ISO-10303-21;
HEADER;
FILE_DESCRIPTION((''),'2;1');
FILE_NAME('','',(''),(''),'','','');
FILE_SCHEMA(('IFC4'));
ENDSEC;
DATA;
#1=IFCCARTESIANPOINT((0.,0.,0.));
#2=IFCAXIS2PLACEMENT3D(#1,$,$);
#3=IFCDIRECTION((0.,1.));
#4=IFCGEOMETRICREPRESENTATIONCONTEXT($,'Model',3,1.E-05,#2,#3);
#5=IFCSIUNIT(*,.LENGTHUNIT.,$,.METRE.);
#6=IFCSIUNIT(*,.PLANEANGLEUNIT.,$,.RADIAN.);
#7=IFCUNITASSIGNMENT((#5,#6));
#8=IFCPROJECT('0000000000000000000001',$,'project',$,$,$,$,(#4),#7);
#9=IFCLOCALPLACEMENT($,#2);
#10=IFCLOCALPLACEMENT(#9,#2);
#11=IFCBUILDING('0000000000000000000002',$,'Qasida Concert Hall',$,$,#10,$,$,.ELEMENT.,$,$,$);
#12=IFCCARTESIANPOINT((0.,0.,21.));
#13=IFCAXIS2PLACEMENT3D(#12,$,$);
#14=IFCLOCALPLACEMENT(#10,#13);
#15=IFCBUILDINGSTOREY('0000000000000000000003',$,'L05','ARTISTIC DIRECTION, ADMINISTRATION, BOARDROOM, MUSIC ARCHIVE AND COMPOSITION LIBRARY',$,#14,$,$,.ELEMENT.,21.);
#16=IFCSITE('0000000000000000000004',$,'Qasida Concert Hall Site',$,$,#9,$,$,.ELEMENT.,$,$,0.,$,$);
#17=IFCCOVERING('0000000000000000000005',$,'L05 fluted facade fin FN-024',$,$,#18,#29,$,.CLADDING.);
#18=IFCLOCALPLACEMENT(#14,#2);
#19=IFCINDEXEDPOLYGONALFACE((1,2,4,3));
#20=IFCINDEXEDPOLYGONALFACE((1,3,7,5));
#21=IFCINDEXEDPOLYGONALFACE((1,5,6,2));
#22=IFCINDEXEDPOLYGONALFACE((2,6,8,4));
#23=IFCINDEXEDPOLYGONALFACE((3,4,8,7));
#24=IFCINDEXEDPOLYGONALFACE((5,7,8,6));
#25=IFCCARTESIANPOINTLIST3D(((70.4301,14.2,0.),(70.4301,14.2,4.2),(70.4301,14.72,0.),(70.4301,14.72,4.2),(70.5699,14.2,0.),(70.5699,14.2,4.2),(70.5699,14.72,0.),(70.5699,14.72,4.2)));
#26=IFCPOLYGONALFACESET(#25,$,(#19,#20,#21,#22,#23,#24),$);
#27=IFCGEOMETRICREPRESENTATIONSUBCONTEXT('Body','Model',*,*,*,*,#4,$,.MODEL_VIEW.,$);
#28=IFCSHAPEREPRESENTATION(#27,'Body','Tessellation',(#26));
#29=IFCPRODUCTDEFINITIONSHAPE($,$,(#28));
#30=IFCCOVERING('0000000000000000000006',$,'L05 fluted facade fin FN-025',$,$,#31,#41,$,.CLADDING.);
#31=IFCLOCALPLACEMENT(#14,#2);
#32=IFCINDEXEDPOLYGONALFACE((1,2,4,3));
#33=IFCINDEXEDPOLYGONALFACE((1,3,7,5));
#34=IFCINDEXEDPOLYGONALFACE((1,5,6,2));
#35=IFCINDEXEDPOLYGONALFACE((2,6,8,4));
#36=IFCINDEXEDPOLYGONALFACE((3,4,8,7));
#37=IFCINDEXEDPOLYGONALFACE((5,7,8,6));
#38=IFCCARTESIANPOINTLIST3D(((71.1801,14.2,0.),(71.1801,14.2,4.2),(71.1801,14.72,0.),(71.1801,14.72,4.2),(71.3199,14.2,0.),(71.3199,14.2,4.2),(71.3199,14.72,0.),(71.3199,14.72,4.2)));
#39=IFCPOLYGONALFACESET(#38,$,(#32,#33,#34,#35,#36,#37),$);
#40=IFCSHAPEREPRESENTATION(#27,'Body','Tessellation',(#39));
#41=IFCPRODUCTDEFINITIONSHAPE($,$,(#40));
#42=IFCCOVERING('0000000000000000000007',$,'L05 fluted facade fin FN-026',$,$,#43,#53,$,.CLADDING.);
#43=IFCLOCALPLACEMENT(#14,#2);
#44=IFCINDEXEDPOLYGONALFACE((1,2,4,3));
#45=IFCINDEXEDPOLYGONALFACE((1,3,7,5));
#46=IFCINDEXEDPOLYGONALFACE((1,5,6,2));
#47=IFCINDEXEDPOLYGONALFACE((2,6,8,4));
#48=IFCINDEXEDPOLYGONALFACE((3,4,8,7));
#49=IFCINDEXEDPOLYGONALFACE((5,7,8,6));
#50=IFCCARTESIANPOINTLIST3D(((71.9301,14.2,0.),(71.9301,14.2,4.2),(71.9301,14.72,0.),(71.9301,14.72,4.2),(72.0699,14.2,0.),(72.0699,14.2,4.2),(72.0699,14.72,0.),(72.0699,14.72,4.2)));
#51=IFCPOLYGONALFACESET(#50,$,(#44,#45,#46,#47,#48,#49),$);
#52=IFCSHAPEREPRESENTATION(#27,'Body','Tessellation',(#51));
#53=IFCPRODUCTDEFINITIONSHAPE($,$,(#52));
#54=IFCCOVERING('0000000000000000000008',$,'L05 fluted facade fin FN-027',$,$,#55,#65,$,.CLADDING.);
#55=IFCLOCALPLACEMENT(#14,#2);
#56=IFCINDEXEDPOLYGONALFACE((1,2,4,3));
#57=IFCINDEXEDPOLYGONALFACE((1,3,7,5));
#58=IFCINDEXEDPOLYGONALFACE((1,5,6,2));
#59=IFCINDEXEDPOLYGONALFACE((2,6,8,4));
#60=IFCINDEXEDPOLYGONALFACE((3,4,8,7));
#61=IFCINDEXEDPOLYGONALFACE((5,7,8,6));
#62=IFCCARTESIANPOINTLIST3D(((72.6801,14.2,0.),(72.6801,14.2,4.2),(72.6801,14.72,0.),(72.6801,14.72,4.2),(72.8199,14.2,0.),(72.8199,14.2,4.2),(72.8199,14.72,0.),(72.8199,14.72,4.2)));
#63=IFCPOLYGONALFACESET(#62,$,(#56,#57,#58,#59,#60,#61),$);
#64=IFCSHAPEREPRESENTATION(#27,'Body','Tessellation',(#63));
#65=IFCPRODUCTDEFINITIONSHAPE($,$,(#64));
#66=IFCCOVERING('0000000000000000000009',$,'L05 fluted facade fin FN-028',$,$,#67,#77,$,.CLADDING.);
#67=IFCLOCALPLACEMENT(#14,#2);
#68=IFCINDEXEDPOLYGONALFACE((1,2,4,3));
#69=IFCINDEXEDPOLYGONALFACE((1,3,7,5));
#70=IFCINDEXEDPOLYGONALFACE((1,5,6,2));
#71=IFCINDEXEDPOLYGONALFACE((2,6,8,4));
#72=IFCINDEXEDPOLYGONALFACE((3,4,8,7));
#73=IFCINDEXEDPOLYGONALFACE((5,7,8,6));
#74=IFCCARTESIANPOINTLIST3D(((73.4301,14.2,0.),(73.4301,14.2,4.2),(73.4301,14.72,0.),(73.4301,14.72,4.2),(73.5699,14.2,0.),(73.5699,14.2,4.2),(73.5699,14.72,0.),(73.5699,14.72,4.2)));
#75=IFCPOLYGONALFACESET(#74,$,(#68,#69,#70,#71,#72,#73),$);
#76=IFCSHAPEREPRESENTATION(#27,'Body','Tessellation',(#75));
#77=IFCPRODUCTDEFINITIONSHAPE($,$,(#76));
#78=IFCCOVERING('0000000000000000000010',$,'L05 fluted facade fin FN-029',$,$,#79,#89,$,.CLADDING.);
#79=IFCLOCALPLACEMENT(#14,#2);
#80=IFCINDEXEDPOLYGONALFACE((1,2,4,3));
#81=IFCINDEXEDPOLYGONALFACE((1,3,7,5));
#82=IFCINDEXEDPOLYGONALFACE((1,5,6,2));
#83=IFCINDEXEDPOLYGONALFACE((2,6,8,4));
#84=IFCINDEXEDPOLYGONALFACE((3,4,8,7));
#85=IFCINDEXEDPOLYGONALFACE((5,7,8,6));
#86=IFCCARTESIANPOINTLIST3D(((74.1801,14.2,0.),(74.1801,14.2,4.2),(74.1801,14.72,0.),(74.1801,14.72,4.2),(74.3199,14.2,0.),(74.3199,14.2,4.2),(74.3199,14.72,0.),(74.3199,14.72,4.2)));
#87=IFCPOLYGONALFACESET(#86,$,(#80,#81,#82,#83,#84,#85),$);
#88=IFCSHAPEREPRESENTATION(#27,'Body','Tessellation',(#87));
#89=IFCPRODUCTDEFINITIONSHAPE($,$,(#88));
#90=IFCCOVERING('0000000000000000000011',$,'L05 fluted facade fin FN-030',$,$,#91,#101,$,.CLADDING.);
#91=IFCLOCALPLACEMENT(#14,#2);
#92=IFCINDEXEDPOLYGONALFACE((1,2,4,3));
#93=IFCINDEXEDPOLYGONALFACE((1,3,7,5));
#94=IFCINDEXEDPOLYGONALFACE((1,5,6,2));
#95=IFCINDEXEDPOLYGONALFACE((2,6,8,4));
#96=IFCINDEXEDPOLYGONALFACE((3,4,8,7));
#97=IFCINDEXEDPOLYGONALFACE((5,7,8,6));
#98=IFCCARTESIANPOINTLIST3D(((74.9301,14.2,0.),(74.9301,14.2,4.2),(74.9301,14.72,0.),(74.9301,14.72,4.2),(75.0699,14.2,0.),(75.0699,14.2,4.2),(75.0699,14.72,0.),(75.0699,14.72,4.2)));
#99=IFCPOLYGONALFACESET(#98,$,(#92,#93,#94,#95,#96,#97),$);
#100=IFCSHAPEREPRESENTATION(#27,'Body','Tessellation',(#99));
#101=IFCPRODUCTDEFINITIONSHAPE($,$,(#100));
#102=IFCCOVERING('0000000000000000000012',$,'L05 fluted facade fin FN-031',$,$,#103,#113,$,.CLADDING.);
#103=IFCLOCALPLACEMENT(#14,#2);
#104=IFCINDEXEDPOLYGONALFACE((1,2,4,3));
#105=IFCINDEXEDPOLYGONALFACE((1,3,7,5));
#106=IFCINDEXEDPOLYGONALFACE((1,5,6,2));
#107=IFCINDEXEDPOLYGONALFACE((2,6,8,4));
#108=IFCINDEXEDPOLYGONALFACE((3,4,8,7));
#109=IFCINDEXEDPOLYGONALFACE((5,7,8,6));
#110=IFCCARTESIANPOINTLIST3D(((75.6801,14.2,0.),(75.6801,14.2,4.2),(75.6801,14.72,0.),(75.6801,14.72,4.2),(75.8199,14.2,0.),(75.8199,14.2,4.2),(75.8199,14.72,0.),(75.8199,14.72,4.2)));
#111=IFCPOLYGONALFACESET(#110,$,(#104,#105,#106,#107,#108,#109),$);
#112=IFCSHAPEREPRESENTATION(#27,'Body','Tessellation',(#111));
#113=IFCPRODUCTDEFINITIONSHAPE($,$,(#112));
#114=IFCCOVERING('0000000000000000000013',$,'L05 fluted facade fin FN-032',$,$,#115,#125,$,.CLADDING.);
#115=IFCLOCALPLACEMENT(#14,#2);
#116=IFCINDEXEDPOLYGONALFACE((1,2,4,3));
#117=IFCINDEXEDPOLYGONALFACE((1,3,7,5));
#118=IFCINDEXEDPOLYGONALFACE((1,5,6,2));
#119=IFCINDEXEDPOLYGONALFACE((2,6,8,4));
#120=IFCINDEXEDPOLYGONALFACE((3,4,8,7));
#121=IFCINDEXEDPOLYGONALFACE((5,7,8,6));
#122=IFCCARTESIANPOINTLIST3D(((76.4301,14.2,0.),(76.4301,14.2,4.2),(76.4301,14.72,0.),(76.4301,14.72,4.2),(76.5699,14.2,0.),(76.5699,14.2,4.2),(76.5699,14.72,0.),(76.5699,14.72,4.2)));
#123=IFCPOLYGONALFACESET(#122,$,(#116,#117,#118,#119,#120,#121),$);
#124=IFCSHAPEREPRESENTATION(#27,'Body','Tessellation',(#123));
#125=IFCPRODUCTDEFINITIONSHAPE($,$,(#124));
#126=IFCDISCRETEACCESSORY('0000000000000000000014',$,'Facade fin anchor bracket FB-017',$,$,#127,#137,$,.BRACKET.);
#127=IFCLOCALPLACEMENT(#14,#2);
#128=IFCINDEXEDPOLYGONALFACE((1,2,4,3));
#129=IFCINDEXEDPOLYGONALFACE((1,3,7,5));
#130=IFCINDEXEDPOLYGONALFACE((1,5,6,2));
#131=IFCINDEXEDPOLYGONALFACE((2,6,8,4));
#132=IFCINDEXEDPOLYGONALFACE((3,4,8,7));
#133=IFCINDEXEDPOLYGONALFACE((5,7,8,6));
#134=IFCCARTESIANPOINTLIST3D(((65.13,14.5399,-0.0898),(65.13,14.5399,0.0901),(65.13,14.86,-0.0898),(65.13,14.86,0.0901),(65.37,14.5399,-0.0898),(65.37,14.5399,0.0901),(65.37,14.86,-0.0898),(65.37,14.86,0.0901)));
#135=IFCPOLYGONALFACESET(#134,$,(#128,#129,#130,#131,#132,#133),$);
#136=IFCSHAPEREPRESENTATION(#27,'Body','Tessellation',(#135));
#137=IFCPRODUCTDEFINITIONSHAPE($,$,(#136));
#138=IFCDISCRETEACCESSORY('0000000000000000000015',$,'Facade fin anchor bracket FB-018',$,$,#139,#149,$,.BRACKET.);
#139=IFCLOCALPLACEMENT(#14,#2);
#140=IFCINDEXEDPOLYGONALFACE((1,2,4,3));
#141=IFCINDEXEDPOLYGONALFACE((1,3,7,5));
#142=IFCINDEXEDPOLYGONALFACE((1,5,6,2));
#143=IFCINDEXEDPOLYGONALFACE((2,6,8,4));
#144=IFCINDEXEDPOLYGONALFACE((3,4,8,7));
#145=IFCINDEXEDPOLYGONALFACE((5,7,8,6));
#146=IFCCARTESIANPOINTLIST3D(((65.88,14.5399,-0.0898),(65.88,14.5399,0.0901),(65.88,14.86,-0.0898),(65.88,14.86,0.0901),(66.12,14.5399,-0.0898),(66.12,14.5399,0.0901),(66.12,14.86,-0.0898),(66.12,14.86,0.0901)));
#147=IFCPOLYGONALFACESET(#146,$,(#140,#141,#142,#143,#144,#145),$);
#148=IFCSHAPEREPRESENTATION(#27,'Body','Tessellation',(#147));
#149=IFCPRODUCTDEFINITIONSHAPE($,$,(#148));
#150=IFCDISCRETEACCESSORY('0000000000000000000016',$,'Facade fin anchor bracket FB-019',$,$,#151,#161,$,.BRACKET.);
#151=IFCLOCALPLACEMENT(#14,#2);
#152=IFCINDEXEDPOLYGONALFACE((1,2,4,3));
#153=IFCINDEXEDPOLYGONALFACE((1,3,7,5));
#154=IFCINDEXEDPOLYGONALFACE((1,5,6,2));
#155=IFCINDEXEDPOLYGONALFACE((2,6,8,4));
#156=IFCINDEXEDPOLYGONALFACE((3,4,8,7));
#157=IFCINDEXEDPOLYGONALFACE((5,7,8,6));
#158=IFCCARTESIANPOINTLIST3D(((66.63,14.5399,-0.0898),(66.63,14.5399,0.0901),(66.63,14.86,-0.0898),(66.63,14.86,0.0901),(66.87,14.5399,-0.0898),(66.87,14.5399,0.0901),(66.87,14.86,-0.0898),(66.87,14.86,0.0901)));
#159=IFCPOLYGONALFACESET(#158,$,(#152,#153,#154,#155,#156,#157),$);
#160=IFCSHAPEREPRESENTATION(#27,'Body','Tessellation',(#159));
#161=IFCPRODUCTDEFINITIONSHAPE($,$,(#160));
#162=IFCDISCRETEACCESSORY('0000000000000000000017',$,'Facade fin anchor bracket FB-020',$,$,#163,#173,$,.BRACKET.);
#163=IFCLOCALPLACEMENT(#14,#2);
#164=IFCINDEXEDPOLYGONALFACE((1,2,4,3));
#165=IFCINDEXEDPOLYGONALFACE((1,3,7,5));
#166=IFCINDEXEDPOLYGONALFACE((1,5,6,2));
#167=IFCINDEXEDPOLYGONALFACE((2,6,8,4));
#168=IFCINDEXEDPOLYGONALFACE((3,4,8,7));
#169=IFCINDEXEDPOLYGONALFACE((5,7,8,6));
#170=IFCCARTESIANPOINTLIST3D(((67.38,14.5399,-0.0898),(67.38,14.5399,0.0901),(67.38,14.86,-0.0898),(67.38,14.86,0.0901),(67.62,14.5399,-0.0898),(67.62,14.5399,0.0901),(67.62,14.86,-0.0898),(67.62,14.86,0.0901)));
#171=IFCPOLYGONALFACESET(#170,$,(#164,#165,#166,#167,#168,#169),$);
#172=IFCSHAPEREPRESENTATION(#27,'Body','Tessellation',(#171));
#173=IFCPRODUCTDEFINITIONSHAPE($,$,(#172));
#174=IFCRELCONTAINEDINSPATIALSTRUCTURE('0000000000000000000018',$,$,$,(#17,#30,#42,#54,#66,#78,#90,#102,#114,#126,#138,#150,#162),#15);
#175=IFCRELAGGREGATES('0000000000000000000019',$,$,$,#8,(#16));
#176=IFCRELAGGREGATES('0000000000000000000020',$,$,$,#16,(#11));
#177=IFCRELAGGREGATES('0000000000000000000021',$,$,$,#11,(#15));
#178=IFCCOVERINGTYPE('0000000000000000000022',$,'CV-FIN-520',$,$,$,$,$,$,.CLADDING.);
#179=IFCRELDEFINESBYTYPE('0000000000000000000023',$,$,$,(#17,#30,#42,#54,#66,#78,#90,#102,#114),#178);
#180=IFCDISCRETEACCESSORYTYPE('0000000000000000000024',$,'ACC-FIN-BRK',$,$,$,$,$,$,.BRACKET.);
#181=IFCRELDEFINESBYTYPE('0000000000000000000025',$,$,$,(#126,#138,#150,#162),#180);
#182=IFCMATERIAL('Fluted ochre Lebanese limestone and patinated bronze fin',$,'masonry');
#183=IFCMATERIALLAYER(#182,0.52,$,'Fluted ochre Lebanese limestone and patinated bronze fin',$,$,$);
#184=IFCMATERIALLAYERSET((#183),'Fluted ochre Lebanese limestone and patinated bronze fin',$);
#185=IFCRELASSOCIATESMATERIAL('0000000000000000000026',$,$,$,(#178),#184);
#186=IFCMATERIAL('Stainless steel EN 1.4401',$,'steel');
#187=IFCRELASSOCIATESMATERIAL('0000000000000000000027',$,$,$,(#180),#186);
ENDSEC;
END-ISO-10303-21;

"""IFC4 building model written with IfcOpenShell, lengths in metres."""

from ifc_helpers import new_model, si_unit, direction, frame, origin, origin_2d, place, context, subcontext, project, spatial, rectangle, extrude, material, layer, layer_set, type_object, element, save


model = new_model("IFC4")

# Units and contexts
model_context = context("Model", 3, precision=1e-05, world=origin(), true_north=direction((0.0, 1.0)))
body_context = subcontext(model_context, "Body", "Model", "MODEL_VIEW")
ifc_project = project(units=[si_unit("LENGTHUNIT", "METRE"), si_unit("PLANEANGLEUNIT", "RADIAN")], contexts=[model_context])

# Site, building, storey
site_placement = place(None, origin())
site = spatial("IfcSite", under=ifc_project, at=site_placement, Name="Qasida Concert Hall Site", CompositionType="ELEMENT", RefElevation=0.0)
building_placement = place(site_placement, origin())
building = spatial("IfcBuilding", under=site, at=building_placement, Name="Qasida Concert Hall", CompositionType="ELEMENT")
storey_placement = place(building_placement, frame((0.0, 0.0, 21.0)))
storey = spatial("IfcBuildingStorey", under=building, at=storey_placement, Name="L05", Description="ARTISTIC DIRECTION, ADMINISTRATION, BOARDROOM, MUSIC ARCHIVE AND COMPOSITION LIBRARY", CompositionType="ELEMENT", Elevation=21.0)

# Coverings
ifc_material_1 = material(Name="Fluted ochre Lebanese limestone and patinated bronze fin", Category="masonry")
ifc_layer_1 = layer(ifc_material_1, 0.52, Name="Fluted ochre Lebanese limestone and patinated bronze fin")
ifc_layer_set_1 = layer_set([ifc_layer_1], Name="Fluted ochre Lebanese limestone and patinated bronze fin")
covering_type = type_object("IfcCoveringType", Name="CV-FIN-520", PredefinedType="CLADDING", material=ifc_layer_set_1)
for number, where, z_axis, x_axis, name in (
    (1, (70.5, 14.46, 0.0), (0.0, 0.0, 1.0), (1.0, 0.0, 0.0), "L05 fluted facade fin FN-024"),
    (2, (71.25, 14.46, 0.0), (0.0, 0.0, 1.0), (1.0, 0.0, 0.0), "L05 fluted facade fin FN-025"),
    (3, (72.0, 14.46, 0.0), (0.0, 0.0, 1.0), (1.0, 0.0, 0.0), "L05 fluted facade fin FN-026"),
    (4, (72.75, 14.46, 0.0), (0.0, 0.0, 1.0), (1.0, 0.0, 0.0), "L05 fluted facade fin FN-027"),
    (5, (73.5, 14.46, 0.0), (0.0, 0.0, 1.0), (1.0, 0.0, 0.0), "L05 fluted facade fin FN-028"),
    (6, (74.25, 14.46, 0.0), (0.0, 0.0, 1.0), (1.0, 0.0, 0.0), "L05 fluted facade fin FN-029"),
    (7, (75.0, 14.46, 0.0), (0.0, 0.0, 1.0), (1.0, 0.0, 0.0), "L05 fluted facade fin FN-030"),
    (8, (75.75, 14.46, 0.0), (0.0, 0.0, 1.0), (1.0, 0.0, 0.0), "L05 fluted facade fin FN-031"),
    (9, (76.5, 14.46, 0.0), (0.0, 0.0, 1.0), (1.0, 0.0, 0.0), "L05 fluted facade fin FN-032"),
):
    element("IfcCovering", number, at=place(storey_placement, frame(where, z_axis=z_axis, x_axis=x_axis)), inside=storey, type_object=covering_type, Name=name, PredefinedType="CLADDING", context=body_context, shape_type="SweptSolid", body=[
        extrude(rectangle(XDim=0.1399, YDim=0.52, at=origin_2d()), origin(), (0.0, 0.0, 1.0), 4.2),
    ])

# Discrete accessories
ifc_material_2 = material(Name="Stainless steel EN 1.4401", Category="steel")
discrete_accessory_type = type_object("IfcDiscreteAccessoryType", Name="ACC-FIN-BRK", PredefinedType="BRACKET", material=ifc_material_2)
for number, where, z_axis, x_axis, name in (
    (10, (65.25, 14.7, -0.0898), (0.0, 0.0, 1.0), (1.0, 0.0, 0.0), "Facade fin anchor bracket FB-017"),
    (11, (66.0, 14.7, -0.0898), (0.0, 0.0, 1.0), (1.0, 0.0, 0.0), "Facade fin anchor bracket FB-018"),
    (12, (66.75, 14.7, -0.0898), (0.0, 0.0, 1.0), (1.0, 0.0, 0.0), "Facade fin anchor bracket FB-019"),
    (13, (67.5, 14.7, -0.0898), (0.0, 0.0, 1.0), (1.0, 0.0, 0.0), "Facade fin anchor bracket FB-020"),
):
    element("IfcDiscreteAccessory", number, at=place(storey_placement, frame(where, z_axis=z_axis, x_axis=x_axis)), inside=storey, type_object=discrete_accessory_type, Name=name, PredefinedType="BRACKET", context=body_context, shape_type="SweptSolid", body=[
        extrude(rectangle(XDim=0.24, YDim=0.3201, at=origin_2d()), origin(), (0.0, 0.0, 1.0), 0.1799),
    ])

save(model, "model.ifc")
